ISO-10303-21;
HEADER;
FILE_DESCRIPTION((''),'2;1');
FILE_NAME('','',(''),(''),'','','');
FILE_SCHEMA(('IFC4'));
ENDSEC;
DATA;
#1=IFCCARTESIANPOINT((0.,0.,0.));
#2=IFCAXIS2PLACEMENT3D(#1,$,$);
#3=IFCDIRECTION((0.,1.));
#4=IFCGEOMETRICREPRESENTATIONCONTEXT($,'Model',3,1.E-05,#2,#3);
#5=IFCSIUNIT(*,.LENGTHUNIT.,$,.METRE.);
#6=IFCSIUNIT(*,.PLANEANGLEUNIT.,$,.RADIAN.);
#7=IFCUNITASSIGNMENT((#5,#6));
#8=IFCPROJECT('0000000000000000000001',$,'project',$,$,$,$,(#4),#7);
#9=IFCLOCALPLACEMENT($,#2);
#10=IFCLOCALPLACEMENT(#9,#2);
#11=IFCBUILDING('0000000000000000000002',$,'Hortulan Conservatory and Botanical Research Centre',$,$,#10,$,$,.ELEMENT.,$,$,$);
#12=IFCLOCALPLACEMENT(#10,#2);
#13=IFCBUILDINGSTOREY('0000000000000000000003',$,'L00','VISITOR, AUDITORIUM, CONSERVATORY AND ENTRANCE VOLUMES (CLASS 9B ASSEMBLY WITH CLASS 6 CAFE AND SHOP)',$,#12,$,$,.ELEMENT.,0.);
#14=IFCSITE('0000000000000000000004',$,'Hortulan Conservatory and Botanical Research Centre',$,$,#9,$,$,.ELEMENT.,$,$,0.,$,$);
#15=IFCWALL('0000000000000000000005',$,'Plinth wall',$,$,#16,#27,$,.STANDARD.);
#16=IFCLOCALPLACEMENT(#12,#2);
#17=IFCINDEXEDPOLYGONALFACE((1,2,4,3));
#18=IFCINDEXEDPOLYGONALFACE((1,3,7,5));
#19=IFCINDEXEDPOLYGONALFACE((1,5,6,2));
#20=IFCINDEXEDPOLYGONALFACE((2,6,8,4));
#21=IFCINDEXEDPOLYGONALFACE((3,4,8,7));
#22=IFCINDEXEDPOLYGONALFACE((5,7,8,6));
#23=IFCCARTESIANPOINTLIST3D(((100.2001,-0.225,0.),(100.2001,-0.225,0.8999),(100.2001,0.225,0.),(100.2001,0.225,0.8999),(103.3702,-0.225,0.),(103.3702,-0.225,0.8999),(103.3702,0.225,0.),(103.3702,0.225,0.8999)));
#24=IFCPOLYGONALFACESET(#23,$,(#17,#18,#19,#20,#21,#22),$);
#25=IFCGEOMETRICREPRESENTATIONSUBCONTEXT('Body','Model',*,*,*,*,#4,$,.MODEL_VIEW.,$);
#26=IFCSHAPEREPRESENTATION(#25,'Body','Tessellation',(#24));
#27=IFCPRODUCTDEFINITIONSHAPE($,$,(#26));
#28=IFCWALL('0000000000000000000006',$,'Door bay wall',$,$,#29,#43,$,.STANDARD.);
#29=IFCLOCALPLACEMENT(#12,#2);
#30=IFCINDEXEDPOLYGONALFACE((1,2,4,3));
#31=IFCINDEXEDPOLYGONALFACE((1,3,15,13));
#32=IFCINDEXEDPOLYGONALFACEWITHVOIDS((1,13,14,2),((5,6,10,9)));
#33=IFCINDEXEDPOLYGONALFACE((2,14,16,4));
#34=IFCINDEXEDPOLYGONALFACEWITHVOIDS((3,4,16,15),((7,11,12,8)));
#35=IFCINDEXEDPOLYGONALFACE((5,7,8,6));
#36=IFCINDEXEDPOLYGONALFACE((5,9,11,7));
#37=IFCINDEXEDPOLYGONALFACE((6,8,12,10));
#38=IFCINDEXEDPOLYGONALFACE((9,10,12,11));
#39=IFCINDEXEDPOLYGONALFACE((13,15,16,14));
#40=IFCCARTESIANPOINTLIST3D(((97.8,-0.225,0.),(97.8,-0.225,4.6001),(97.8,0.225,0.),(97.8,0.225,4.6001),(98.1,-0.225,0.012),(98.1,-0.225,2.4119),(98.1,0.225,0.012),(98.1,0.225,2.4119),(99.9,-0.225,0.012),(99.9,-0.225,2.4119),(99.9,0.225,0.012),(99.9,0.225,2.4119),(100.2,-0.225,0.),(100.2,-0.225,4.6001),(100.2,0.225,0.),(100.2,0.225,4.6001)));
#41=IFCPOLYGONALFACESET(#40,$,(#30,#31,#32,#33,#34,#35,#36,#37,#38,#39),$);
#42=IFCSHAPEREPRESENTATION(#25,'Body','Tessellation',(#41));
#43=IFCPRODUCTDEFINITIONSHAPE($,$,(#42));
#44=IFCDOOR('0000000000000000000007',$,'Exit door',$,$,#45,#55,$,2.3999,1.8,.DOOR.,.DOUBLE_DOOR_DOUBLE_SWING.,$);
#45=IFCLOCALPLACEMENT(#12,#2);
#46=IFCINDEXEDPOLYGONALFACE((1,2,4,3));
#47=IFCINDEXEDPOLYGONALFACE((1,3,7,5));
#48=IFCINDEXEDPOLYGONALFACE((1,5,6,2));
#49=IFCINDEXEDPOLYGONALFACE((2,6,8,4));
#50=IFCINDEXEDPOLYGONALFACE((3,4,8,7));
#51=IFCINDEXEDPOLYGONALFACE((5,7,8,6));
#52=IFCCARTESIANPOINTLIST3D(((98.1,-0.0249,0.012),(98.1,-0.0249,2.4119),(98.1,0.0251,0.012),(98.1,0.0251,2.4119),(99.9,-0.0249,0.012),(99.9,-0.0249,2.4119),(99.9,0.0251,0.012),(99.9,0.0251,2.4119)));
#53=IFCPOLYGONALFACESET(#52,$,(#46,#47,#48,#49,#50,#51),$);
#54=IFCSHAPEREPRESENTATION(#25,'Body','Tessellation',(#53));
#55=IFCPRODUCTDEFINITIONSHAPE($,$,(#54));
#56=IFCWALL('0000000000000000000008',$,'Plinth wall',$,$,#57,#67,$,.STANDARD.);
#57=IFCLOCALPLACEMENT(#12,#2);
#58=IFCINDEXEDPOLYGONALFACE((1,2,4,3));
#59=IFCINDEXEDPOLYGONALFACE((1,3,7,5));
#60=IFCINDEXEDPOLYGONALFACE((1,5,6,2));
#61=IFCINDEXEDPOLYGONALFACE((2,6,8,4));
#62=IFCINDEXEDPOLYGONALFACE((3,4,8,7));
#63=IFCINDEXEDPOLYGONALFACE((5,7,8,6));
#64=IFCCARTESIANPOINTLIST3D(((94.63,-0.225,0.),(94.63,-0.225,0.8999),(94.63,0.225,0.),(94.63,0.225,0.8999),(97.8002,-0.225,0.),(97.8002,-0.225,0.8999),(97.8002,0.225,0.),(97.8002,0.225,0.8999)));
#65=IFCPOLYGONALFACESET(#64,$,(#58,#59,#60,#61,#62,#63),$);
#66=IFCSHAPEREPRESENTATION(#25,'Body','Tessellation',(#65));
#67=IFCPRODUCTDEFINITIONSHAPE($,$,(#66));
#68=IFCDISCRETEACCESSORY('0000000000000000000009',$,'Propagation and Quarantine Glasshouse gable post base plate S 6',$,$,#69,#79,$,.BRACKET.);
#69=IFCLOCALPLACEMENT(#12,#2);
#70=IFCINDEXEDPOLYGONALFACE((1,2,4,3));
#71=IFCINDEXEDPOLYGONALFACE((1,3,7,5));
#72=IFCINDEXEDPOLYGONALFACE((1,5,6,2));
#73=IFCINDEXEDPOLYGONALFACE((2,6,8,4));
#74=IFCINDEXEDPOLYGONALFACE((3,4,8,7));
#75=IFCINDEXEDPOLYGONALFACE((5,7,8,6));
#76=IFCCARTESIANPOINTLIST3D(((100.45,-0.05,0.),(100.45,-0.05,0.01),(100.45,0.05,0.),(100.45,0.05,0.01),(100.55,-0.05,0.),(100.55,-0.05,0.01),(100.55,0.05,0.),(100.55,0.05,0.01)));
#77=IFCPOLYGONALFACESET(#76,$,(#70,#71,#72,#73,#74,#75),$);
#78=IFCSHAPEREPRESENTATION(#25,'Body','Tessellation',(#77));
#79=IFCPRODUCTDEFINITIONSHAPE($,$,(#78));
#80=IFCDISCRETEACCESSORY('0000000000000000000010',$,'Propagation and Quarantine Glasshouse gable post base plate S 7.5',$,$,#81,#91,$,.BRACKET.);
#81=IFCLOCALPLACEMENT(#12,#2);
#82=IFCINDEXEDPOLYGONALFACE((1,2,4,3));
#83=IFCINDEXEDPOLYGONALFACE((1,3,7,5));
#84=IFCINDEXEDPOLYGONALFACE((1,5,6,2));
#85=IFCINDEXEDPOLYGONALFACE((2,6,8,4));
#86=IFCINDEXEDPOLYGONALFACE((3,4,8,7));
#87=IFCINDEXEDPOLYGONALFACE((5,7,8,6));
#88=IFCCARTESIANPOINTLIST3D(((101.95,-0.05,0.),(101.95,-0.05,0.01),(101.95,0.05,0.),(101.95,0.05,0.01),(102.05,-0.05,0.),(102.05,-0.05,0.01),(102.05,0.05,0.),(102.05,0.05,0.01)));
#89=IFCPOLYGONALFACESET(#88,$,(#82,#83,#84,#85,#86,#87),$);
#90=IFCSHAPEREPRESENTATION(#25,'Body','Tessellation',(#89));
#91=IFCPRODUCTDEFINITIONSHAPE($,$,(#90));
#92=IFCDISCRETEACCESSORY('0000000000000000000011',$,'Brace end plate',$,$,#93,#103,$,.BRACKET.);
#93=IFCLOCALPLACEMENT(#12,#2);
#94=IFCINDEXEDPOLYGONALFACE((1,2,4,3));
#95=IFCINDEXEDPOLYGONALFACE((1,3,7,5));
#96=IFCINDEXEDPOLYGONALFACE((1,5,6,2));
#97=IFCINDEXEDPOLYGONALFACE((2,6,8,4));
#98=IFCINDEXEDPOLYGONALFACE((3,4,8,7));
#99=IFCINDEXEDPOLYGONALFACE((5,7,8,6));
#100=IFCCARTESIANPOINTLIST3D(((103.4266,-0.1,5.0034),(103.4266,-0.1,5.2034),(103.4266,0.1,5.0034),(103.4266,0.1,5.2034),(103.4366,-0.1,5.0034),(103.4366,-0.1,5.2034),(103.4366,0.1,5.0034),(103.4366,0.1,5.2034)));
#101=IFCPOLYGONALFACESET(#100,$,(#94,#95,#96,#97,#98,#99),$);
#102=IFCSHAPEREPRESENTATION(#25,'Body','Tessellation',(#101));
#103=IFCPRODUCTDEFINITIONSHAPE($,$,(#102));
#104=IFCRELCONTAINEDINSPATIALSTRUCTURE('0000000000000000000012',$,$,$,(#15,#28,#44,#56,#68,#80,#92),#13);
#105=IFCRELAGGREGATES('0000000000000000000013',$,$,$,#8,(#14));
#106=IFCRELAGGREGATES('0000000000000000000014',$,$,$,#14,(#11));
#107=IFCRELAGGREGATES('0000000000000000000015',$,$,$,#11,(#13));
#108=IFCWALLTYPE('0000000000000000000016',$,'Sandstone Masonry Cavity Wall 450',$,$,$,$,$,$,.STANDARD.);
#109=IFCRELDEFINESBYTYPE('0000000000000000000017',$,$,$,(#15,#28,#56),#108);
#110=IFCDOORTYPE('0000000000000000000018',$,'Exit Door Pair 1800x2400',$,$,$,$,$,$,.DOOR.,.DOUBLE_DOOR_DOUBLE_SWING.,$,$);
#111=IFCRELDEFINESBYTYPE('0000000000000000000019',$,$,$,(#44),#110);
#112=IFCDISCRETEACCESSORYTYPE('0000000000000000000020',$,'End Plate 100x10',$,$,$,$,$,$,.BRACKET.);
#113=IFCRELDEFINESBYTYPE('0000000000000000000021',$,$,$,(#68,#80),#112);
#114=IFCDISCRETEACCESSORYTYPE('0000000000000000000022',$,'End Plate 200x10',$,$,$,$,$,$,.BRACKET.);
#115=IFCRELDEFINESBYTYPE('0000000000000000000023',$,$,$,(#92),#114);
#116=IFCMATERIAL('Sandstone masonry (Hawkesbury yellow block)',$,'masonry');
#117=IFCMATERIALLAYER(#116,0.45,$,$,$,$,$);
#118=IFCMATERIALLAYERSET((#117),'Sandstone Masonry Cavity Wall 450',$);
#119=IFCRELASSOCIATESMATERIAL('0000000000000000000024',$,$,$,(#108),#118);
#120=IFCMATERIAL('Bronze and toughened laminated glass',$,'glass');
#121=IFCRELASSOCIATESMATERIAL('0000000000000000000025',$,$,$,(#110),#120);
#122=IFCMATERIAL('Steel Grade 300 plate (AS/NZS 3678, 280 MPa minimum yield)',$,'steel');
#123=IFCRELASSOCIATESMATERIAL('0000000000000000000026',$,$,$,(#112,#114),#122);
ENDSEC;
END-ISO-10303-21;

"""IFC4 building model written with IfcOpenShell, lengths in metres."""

from ifc_helpers import new_model, si_unit, direction, frame, frame_2d, origin, origin_2d, place, context, subcontext, project, spatial, rectangle, extrude, material, layer, layer_set, type_object, element, fill, save


model = new_model("IFC4")

# Units and contexts
model_context = context("Model", 3, precision=1e-05, world=origin(), true_north=direction((0.0, 1.0)))
body_context = subcontext(model_context, "Body", "Model", "MODEL_VIEW")
ifc_project = project(units=[si_unit("LENGTHUNIT", "METRE"), si_unit("PLANEANGLEUNIT", "RADIAN")], contexts=[model_context])

# Site, building, storey
site_placement = place(None, origin())
site = spatial("IfcSite", under=ifc_project, at=site_placement, Name="Hortulan Conservatory and Botanical Research Centre", CompositionType="ELEMENT", RefElevation=0.0)
building_placement = place(site_placement, origin())
building = spatial("IfcBuilding", under=site, at=building_placement, Name="Hortulan Conservatory and Botanical Research Centre", CompositionType="ELEMENT")
storey_placement = place(building_placement, origin())
storey = spatial("IfcBuildingStorey", under=building, at=storey_placement, Name="L00", Description="VISITOR, AUDITORIUM, CONSERVATORY AND ENTRANCE VOLUMES (CLASS 9B ASSEMBLY WITH CLASS 6 CAFE AND SHOP)", CompositionType="ELEMENT", Elevation=0.0)

# Wall
ifc_material_1 = material(Name="Sandstone masonry (Hawkesbury yellow block)", Category="masonry")
ifc_layer_1 = layer(ifc_material_1, 0.45)
ifc_layer_set_1 = layer_set([ifc_layer_1], Name="Sandstone Masonry Cavity Wall 450")
wall_type = type_object("IfcWallType", Name="Sandstone Masonry Cavity Wall 450", PredefinedType="STANDARD", material=ifc_layer_set_1)
wall_1_placement = place(storey_placement, frame((103.3701, 0.0, 0.0), z_axis=(0.0, 0.0, 1.0), x_axis=(-1.0, 0.0, 0.0)))
element("IfcWall", 1, at=wall_1_placement, inside=storey, type_object=wall_type, Name="Plinth wall", PredefinedType="STANDARD", context=body_context, shape_type="SweptSolid", body=[
    extrude(rectangle(XDim=3.1702, YDim=0.45, at=frame_2d((1.585, 0.0))), origin(), (0.0, 0.0, 1.0), 0.8999),
])

# Wall, opening, door
wall_2_placement = place(storey_placement, frame((100.2, 0.0, 0.0), z_axis=(0.0, 0.0, 1.0), x_axis=(-1.0, 0.0, 0.0)))
wall_2 = element("IfcWall", 2, at=wall_2_placement, inside=storey, type_object=wall_type, Name="Door bay wall", PredefinedType="STANDARD", context=body_context, shape_type="SweptSolid", body=[
    extrude(rectangle(XDim=2.3999, YDim=0.45, at=frame_2d((1.2, 0.0))), origin(), (0.0, 0.0, 1.0), 4.6001),
])
opening_placement = place(wall_2_placement, frame((0.3, 0.0, 0.012)))
opening = element("IfcOpeningElement", 3, at=opening_placement, cuts=wall_2, PredefinedType="OPENING", context=body_context, shape_type="SweptSolid", body=[
    extrude(rectangle(XDim=1.8, YDim=2.3999, at=frame_2d((0.8999, 1.2))), frame((0.0, 0.2349, 0.0), z_axis=(0.0, -1.0, 0.0), x_axis=(1.0, 0.0, 0.0)), (0.0, 0.0, 1.0), 0.47),
])
ifc_material_2 = material(Name="Bronze and toughened laminated glass", Category="glass")
door_type = type_object("IfcDoorType", Name="Exit Door Pair 1800x2400", OperationType="DOUBLE_DOOR_DOUBLE_SWING", PredefinedType="DOOR", material=ifc_material_2)
door_placement = place(opening_placement, origin())
door = element("IfcDoor", 4, at=door_placement, inside=storey, type_object=door_type, Name="Exit door", OperationType="DOUBLE_DOOR_DOUBLE_SWING", OverallHeight=2.3999, OverallWidth=1.8, PredefinedType="DOOR", context=body_context, shape_type="SweptSolid", body=[
    extrude(rectangle(XDim=1.8, YDim=2.3999, at=frame_2d((0.8999, 1.2))), frame((0.0, 0.0249, 0.0), z_axis=(0.0, -1.0, 0.0), x_axis=(1.0, 0.0, 0.0)), (0.0, 0.0, 1.0), 0.05),
])
fill(opening, door)

# Wall
wall_3_placement = place(storey_placement, frame((97.8, 0.0, 0.0), z_axis=(0.0, 0.0, 1.0), x_axis=(-1.0, 0.0, 0.0)))
element("IfcWall", 5, at=wall_3_placement, inside=storey, type_object=wall_type, Name="Plinth wall", PredefinedType="STANDARD", context=body_context, shape_type="SweptSolid", body=[
    extrude(rectangle(XDim=3.1702, YDim=0.45, at=frame_2d((1.585, 0.0))), origin(), (0.0, 0.0, 1.0), 0.8999),
])

# Discrete accessories
ifc_material_3 = material(Name="Steel Grade 300 plate (AS/NZS 3678, 280 MPa minimum yield)", Category="steel")
discrete_accessory_type_1 = type_object("IfcDiscreteAccessoryType", Name="End Plate 100x10", PredefinedType="BRACKET", material=ifc_material_3)
for number, where, z_axis, x_axis, name in (
    (6, (100.5, 0.0, 0.0), (0.0, 0.0, 1.0), (1.0, 0.0, 0.0), "Propagation and Quarantine Glasshouse gable post base plate S 6"),
    (7, (102.0, 0.0, 0.0), (0.0, 0.0, 1.0), (1.0, 0.0, 0.0), "Propagation and Quarantine Glasshouse gable post base plate S 7.5"),
):
    element("IfcDiscreteAccessory", number, at=place(storey_placement, frame(where, z_axis=z_axis, x_axis=x_axis)), inside=storey, type_object=discrete_accessory_type_1, Name=name, PredefinedType="BRACKET", context=body_context, shape_type="SweptSolid", body=[
        extrude(rectangle(XDim=0.1001, YDim=0.1001, at=origin_2d()), origin(), (0.0, 0.0, 1.0), 0.01),
    ])
discrete_accessory_type_2 = type_object("IfcDiscreteAccessoryType", Name="End Plate 200x10", PredefinedType="BRACKET", material=ifc_material_3)
discrete_accessory_placement = place(storey_placement, frame((103.4316, 0.0, 5.0034), z_axis=(0.0, 0.0, 1.0), x_axis=(0.0, -1.0, 0.0)))
element("IfcDiscreteAccessory", 8, at=discrete_accessory_placement, inside=storey, type_object=discrete_accessory_type_2, Name="Brace end plate", PredefinedType="BRACKET", context=body_context, shape_type="SweptSolid", body=[
    extrude(rectangle(XDim=0.2, YDim=0.01, at=origin_2d()), origin(), (0.0, 0.0, 1.0), 0.2),
])

save(model, "model.ifc")
